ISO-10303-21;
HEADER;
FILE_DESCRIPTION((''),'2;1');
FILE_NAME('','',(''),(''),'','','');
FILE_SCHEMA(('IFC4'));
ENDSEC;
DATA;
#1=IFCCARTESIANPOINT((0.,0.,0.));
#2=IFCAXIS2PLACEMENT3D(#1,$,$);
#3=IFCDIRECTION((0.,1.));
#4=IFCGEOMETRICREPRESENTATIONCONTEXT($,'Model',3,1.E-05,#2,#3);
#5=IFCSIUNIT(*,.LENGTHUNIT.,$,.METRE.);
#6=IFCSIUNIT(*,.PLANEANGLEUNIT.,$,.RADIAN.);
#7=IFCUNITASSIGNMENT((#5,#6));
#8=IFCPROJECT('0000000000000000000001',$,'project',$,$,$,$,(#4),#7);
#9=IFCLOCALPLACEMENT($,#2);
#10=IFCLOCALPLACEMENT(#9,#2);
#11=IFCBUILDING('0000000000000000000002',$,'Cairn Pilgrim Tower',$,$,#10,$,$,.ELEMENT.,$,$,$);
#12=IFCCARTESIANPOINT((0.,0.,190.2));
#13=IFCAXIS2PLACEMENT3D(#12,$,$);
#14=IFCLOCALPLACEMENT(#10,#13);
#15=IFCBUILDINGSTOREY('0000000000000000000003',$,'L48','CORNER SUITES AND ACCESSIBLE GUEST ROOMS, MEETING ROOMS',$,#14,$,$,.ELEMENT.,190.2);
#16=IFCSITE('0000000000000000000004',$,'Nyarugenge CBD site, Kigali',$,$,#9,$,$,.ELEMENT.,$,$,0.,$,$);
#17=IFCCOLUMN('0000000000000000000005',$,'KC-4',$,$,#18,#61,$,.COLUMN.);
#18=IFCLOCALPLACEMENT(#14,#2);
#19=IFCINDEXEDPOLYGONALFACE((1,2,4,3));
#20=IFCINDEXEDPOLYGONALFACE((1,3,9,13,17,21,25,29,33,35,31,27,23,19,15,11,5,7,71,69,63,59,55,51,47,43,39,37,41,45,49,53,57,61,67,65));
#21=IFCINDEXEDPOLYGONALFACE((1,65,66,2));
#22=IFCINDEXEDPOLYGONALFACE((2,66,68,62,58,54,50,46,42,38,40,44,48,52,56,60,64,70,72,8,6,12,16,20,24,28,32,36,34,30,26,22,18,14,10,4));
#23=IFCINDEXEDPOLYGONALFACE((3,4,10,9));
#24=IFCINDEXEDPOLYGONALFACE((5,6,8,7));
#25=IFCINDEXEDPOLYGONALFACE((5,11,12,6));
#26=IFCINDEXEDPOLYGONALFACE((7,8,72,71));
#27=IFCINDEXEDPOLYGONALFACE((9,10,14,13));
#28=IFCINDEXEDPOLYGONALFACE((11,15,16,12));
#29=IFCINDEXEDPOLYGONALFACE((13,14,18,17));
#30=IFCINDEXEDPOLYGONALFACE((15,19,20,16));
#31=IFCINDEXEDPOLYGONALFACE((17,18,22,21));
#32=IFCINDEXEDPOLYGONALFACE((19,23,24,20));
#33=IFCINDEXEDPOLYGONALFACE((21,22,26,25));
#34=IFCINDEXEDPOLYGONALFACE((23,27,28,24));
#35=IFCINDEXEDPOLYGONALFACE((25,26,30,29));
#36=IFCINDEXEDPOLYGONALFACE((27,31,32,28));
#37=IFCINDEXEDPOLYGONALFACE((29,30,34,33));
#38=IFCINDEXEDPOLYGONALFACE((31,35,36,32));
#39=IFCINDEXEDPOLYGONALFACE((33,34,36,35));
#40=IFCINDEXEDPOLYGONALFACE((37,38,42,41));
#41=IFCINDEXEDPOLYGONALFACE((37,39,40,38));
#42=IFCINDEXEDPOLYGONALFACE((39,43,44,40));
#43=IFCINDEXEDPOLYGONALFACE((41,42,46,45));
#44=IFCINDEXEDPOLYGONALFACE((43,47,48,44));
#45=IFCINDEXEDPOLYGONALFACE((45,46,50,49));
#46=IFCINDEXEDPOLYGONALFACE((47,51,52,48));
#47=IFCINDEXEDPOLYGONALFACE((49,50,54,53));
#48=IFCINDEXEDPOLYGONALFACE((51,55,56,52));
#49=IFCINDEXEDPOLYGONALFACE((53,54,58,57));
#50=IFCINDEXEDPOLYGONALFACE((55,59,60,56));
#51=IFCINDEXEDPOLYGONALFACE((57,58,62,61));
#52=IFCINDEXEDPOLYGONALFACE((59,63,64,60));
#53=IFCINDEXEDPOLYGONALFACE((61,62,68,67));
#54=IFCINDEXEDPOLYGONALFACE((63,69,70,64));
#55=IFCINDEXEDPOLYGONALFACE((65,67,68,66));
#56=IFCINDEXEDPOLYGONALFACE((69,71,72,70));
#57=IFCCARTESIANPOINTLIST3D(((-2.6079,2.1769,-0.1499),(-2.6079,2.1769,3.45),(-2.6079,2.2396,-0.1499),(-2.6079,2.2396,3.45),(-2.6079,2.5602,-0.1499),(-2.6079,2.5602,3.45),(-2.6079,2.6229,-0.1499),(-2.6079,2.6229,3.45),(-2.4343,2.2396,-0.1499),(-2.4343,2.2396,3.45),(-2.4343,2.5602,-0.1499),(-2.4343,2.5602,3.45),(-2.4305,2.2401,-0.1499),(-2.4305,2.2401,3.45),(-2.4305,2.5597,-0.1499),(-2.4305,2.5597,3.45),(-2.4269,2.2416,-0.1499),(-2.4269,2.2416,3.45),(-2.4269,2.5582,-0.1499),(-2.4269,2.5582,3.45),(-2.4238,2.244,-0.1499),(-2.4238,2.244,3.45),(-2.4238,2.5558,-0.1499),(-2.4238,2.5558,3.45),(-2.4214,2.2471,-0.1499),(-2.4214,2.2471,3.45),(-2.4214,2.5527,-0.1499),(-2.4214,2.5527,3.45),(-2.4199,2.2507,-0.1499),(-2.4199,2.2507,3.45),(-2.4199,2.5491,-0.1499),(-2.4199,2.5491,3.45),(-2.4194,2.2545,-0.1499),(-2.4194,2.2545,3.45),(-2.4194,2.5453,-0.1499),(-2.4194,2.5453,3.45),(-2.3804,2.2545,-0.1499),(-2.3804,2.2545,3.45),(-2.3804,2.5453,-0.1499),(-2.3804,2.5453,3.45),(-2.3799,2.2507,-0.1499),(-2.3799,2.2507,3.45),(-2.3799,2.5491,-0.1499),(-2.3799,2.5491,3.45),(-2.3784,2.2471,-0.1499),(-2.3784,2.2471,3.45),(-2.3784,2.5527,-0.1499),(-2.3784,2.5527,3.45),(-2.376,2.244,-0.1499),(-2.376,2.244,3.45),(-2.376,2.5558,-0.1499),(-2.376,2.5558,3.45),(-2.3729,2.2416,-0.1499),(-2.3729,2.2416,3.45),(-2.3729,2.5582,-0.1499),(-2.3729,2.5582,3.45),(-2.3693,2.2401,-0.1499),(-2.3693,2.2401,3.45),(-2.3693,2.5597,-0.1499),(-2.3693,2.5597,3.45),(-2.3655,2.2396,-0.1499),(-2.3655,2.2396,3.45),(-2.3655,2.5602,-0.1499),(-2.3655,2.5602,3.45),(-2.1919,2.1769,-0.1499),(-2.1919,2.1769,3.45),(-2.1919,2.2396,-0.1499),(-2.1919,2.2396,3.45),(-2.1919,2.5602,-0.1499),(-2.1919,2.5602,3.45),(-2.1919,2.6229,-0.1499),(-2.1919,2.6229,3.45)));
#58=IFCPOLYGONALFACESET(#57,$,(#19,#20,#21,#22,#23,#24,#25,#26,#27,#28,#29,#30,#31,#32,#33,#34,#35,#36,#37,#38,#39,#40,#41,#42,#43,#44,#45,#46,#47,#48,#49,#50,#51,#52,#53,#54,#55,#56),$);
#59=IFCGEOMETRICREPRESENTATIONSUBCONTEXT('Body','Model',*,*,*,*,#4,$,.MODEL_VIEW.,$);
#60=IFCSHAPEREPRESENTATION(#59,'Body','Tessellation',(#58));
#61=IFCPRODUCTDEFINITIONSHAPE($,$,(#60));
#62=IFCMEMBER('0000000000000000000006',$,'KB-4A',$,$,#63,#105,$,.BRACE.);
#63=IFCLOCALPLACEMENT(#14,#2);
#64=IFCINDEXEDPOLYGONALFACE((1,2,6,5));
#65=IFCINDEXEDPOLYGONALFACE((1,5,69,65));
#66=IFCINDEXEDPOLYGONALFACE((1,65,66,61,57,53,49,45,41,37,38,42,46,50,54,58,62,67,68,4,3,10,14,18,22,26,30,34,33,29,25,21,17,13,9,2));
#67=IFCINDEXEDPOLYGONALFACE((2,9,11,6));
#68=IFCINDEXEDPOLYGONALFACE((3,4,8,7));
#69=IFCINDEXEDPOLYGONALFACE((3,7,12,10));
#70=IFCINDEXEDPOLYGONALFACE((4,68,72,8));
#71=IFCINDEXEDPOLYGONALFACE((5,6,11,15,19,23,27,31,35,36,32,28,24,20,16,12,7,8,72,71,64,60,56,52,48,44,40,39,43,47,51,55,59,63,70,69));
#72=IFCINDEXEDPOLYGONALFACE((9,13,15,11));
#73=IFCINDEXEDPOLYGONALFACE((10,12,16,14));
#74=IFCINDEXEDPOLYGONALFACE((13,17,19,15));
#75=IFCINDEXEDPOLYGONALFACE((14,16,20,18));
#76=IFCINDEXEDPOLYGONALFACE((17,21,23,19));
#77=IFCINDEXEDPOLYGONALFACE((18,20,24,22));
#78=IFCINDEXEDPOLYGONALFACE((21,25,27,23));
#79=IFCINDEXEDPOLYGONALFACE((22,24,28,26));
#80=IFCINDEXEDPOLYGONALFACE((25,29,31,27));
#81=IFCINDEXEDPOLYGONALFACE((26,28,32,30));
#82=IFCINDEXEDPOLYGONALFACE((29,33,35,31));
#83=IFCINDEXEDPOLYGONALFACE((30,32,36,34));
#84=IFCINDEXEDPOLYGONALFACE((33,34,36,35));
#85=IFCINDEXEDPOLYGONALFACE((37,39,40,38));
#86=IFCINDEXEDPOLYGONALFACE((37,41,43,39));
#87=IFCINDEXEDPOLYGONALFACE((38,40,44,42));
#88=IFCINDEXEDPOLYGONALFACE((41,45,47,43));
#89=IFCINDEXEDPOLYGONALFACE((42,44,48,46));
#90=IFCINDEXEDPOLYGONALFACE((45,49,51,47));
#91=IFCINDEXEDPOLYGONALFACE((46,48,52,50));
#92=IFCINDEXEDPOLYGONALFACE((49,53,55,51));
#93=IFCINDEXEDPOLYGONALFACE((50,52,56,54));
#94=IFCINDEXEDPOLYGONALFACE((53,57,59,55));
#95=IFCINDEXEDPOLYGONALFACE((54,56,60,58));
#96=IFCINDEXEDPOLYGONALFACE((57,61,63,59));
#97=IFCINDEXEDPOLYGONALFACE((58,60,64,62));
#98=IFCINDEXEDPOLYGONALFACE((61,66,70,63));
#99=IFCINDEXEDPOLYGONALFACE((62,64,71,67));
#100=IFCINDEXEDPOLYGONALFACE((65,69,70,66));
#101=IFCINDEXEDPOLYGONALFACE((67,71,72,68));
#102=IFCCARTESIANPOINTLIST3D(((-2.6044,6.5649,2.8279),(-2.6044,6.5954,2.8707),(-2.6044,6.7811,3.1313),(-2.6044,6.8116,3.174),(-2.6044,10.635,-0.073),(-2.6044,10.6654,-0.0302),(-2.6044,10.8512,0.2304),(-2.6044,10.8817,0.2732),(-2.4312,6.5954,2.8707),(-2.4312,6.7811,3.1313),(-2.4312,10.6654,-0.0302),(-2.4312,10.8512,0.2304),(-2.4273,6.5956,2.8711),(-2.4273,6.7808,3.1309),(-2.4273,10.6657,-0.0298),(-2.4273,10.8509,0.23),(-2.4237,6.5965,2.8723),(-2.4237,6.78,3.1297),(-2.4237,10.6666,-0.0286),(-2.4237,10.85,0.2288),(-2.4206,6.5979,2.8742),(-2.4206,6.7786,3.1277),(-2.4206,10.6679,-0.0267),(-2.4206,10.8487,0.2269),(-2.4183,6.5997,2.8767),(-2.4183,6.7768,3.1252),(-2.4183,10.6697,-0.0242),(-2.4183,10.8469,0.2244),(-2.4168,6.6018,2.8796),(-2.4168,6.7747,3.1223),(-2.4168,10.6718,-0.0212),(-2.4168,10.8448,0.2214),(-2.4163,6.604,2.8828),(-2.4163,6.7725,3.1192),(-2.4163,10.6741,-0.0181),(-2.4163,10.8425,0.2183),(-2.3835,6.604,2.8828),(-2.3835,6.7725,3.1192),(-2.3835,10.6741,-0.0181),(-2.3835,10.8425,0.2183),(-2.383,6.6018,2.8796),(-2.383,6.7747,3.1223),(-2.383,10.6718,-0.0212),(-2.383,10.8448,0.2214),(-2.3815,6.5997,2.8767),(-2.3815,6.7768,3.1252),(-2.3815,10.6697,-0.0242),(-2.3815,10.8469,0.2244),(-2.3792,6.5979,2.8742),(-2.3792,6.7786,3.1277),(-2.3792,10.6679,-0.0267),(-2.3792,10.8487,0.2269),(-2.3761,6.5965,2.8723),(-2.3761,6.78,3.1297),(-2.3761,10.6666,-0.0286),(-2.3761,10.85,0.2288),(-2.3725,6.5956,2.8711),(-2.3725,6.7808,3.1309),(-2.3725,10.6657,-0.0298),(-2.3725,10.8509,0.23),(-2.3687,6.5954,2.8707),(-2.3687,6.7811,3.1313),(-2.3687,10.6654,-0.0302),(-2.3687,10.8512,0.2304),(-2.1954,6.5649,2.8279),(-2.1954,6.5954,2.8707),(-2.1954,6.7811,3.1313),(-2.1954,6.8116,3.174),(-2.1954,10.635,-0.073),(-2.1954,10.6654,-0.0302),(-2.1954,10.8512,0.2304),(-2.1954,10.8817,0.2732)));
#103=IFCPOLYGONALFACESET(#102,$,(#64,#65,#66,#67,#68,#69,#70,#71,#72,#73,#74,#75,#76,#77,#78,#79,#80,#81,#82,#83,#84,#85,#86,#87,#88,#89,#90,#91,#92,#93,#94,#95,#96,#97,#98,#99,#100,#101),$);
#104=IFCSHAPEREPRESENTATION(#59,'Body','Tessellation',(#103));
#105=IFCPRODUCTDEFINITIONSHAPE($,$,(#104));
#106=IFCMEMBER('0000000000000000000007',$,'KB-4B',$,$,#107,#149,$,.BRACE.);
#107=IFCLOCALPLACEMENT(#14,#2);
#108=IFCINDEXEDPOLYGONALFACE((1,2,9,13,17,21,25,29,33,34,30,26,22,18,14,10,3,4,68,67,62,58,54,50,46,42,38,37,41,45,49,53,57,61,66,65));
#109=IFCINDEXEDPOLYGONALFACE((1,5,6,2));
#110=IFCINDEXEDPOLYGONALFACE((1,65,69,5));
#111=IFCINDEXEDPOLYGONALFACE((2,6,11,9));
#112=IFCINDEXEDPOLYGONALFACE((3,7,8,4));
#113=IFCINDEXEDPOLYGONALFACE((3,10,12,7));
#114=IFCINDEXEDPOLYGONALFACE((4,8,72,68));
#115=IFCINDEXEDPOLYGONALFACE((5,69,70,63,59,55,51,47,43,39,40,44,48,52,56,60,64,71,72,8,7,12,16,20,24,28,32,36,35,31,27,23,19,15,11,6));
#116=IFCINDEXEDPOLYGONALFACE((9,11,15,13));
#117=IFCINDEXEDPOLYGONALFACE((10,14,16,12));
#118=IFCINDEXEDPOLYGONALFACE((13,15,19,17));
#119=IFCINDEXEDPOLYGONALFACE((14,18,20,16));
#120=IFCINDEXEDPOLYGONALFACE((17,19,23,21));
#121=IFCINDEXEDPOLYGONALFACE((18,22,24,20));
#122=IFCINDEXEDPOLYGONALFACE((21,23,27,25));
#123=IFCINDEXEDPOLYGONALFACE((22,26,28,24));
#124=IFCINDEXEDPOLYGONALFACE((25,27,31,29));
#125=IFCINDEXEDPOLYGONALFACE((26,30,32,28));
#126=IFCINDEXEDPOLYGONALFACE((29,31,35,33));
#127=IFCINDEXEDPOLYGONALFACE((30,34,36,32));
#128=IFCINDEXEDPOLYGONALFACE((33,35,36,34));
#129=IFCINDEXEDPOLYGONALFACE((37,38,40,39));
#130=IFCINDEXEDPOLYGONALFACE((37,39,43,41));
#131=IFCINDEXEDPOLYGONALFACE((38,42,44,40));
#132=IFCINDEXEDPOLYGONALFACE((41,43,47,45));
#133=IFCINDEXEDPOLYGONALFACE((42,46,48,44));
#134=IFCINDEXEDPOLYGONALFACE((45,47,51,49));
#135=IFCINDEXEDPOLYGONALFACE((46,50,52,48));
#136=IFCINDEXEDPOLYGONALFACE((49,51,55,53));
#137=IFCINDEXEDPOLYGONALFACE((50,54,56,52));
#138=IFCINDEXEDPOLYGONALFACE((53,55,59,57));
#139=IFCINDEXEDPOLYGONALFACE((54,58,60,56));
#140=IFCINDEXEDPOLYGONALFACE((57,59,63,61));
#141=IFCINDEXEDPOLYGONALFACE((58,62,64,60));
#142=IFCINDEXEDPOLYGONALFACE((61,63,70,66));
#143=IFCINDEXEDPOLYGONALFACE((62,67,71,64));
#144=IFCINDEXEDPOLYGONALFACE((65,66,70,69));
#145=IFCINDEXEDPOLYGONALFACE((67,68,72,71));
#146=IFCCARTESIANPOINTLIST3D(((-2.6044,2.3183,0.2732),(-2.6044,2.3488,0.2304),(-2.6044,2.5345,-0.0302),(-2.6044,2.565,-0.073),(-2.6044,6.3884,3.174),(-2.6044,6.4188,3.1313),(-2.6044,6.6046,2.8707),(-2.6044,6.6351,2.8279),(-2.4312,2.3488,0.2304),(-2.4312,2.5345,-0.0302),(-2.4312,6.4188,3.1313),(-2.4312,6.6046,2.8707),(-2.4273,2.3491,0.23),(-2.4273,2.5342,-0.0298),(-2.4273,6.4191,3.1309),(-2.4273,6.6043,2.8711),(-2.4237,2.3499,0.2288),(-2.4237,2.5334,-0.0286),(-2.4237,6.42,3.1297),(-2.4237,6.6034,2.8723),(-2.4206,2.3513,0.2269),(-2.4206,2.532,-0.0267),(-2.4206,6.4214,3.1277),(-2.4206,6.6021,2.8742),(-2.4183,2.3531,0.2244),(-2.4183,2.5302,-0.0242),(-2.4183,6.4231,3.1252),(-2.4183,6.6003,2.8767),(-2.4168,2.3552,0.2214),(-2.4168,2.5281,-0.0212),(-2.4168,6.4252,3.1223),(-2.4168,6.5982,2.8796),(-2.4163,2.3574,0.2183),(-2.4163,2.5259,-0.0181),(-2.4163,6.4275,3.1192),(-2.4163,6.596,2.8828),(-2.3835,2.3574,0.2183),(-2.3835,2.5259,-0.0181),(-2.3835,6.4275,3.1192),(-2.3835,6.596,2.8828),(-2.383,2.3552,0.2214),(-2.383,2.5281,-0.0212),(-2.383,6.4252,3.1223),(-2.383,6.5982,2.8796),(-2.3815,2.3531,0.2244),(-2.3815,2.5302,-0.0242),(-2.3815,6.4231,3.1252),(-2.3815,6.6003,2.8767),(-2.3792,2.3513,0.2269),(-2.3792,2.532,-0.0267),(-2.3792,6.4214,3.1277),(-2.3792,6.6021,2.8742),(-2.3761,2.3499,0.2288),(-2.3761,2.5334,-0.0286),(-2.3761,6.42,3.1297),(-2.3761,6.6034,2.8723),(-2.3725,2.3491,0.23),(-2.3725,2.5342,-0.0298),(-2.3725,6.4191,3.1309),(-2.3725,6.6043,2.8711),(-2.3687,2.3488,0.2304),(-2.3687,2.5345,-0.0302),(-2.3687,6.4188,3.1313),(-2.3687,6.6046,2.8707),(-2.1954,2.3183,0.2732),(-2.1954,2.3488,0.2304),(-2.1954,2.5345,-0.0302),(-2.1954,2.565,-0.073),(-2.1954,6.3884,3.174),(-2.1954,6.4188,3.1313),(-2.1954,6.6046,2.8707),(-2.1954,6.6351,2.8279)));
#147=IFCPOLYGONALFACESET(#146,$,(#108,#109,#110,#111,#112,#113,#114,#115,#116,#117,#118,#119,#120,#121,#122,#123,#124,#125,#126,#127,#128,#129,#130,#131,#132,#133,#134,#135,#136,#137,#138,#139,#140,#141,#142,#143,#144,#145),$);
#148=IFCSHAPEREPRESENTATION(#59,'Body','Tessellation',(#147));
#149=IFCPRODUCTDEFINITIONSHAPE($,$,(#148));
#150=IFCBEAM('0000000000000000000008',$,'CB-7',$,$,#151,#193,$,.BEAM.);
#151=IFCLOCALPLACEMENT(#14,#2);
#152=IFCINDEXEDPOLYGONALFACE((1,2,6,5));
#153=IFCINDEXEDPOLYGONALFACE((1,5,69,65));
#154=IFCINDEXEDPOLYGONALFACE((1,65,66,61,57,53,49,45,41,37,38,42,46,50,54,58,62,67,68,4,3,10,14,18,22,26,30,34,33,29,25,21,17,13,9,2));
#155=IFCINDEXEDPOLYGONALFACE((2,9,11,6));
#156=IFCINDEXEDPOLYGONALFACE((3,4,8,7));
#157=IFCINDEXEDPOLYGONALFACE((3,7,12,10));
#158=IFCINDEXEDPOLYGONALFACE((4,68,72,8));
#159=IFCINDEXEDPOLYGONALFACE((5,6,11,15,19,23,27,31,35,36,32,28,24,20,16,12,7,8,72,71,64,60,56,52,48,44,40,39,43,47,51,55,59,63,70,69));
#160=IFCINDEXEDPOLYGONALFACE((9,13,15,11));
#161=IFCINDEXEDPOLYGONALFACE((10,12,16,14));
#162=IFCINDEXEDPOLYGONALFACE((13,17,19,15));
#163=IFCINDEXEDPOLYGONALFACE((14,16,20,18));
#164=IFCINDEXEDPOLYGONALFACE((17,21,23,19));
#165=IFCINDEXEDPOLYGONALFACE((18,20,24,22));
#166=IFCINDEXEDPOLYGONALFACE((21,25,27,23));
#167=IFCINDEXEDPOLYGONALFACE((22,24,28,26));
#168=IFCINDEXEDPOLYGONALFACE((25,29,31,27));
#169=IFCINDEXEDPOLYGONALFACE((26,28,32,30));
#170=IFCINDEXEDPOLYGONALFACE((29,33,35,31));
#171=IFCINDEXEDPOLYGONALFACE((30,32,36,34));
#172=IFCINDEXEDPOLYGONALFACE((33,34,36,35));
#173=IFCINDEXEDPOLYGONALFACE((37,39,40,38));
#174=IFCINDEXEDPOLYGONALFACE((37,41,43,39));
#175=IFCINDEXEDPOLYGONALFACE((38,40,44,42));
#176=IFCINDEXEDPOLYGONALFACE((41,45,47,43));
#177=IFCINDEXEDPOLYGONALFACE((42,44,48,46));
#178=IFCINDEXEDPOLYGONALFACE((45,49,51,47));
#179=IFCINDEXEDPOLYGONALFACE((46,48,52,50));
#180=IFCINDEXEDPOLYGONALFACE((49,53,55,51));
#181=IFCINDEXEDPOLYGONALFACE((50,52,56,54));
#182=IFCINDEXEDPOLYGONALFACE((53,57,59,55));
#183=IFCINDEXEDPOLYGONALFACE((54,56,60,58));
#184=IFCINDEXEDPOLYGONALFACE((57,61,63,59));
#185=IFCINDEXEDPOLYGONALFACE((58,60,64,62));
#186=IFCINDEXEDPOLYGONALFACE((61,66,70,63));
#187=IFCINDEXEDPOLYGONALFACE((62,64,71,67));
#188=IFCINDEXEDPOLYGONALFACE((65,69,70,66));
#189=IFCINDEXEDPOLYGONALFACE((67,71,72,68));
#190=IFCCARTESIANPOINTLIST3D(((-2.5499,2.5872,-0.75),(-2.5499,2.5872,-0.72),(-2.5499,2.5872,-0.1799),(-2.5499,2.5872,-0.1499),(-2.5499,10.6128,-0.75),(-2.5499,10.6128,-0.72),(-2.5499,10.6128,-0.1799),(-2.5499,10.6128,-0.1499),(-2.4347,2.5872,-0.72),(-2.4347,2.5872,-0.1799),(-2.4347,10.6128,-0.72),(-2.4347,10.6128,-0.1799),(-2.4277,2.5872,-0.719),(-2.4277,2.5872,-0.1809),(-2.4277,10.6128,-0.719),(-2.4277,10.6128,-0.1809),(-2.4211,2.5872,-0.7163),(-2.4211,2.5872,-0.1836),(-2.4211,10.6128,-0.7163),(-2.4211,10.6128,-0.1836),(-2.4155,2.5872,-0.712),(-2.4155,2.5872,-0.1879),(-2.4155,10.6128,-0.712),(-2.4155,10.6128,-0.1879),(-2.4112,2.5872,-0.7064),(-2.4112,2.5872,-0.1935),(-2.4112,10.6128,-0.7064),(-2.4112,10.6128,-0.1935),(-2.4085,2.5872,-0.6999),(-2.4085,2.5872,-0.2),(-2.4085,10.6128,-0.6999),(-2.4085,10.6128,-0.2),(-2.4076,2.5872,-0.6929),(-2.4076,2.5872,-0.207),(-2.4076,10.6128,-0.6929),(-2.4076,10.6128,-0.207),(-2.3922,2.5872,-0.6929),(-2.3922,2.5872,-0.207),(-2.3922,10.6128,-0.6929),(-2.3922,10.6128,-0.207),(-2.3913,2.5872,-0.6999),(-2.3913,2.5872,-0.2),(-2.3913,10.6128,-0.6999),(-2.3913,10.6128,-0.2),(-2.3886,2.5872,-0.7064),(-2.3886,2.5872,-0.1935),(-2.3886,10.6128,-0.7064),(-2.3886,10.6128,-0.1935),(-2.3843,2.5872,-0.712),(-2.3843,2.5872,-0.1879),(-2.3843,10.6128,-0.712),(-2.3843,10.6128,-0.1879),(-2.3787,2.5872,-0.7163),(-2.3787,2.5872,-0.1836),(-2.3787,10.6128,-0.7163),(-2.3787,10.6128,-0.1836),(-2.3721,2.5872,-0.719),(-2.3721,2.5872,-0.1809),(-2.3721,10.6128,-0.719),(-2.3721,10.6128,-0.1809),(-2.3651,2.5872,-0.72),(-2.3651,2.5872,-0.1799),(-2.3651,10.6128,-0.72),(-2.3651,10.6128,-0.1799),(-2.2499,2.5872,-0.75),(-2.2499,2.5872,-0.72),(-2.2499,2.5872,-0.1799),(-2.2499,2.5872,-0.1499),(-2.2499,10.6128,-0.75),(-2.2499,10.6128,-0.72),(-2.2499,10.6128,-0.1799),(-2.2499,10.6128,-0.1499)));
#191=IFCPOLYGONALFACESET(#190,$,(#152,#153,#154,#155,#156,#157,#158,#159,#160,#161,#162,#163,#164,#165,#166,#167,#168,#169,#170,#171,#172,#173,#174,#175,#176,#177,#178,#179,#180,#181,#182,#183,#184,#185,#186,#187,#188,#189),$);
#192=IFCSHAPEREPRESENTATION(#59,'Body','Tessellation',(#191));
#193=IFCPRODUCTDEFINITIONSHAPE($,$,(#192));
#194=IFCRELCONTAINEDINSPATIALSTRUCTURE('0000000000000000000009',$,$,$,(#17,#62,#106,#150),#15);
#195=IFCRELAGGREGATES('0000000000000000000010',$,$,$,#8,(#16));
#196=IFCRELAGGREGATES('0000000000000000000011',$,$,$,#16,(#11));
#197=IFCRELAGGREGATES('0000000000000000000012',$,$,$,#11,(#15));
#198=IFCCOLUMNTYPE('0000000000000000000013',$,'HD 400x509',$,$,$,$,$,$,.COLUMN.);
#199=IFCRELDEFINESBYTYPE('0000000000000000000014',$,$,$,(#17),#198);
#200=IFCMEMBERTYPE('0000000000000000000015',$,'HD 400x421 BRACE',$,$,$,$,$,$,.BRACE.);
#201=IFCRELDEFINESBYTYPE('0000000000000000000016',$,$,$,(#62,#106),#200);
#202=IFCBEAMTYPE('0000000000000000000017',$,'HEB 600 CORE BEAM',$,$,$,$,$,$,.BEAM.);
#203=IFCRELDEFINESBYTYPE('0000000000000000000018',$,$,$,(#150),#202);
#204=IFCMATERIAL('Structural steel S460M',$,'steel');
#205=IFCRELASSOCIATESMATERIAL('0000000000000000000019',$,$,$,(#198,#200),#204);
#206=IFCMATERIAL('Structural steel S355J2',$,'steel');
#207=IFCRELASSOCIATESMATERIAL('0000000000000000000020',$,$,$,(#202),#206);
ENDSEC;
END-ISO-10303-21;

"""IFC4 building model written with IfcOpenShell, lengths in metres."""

from ifc_helpers import new_model, si_unit, direction, frame, origin, origin_2d, place, context, subcontext, project, spatial, i_section, extrude, material, material_profile, profile_set, type_object, element, save


model = new_model("IFC4")

# Units and contexts
model_context = context("Model", 3, precision=1e-05, world=origin(), true_north=direction((0.0, 1.0)))
body_context = subcontext(model_context, "Body", "Model", "MODEL_VIEW")
ifc_project = project(units=[si_unit("LENGTHUNIT", "METRE"), si_unit("PLANEANGLEUNIT", "RADIAN")], contexts=[model_context])

# Site, building, storey
site_placement = place(None, origin())
site = spatial("IfcSite", under=ifc_project, at=site_placement, Name="Nyarugenge CBD site, Kigali", CompositionType="ELEMENT", RefElevation=0.0)
building_placement = place(site_placement, origin())
building = spatial("IfcBuilding", under=site, at=building_placement, Name="Cairn Pilgrim Tower", CompositionType="ELEMENT")
storey_placement = place(building_placement, frame((0.0, 0.0, 190.2)))
storey = spatial("IfcBuildingStorey", under=building, at=storey_placement, Name="L48", Description="CORNER SUITES AND ACCESSIBLE GUEST ROOMS, MEETING ROOMS", CompositionType="ELEMENT", Elevation=190.2)

# Column
ifc_material_1 = material(Name="Structural steel S460M", Category="steel")
ifc_material_profile_1 = material_profile(ifc_material_1, i_section(OverallWidth=0.416, OverallDepth=0.446, WebThickness=0.0391, FlangeThickness=0.0627, FilletRadius=0.0149, at=origin_2d()), Name="HD 400x509")
ifc_profile_set_1 = profile_set([ifc_material_profile_1], Name="Structural steel S460M")
column_type = type_object("IfcColumnType", Name="HD 400x509", PredefinedType="COLUMN", material=ifc_profile_set_1)
column_placement = place(storey_placement, frame((-2.3999, 2.3999, -0.1499), z_axis=(0.0, 0.0, 1.0), x_axis=(1.0, 0.0, 0.0)))
element("IfcColumn", 1, at=column_placement, inside=storey, type_object=column_type, Name="KC-4", PredefinedType="COLUMN", context=body_context, shape_type="SweptSolid", body=[
    extrude(i_section(OverallWidth=0.416, OverallDepth=0.446, WebThickness=0.0391, FlangeThickness=0.0627, FilletRadius=0.0149, at=origin_2d()), origin(), (0.0, 0.0, 1.0), 3.5999),
])

# Members
ifc_material_profile_2 = material_profile(ifc_material_1, i_section(OverallWidth=0.4089, OverallDepth=0.425, WebThickness=0.0327, FlangeThickness=0.0525, FilletRadius=0.0149, at=origin_2d()), Name="HD 400x421")
ifc_profile_set_2 = profile_set([ifc_material_profile_2], Name="Structural steel S460M")
member_type = type_object("IfcMemberType", Name="HD 400x421 BRACE", PredefinedType="BRACE", material=ifc_profile_set_2)
for number, where, z_axis, x_axis, name in (
    (2, (-2.3999, 10.7583, 0.1001), (0.0, -0.81433, 0.580402), (1.0, 0.0, 0.0), "KB-4A"),
    (3, (-2.3999, 2.4417, 0.1001), (0.0, 0.81433, 0.580402), (-1.0, 0.0, 0.0), "KB-4B"),
):
    element("IfcMember", number, at=place(storey_placement, frame(where, z_axis=z_axis, x_axis=x_axis)), inside=storey, type_object=member_type, Name=name, PredefinedType="BRACE", context=body_context, shape_type="SweptSolid", body=[
        extrude(i_section(OverallWidth=0.4089, OverallDepth=0.425, WebThickness=0.0327, FlangeThickness=0.0525, FilletRadius=0.0149, at=origin_2d()), origin(), (0.0, 0.0, 1.0), 4.998),
    ])

# Beam
ifc_material_2 = material(Name="Structural steel S355J2", Category="steel")
ifc_material_profile_3 = material_profile(ifc_material_2, i_section(OverallWidth=0.3, OverallDepth=0.6001, WebThickness=0.0154, FlangeThickness=0.03, FilletRadius=0.0271, at=origin_2d()), Name="HEB 600")
ifc_profile_set_3 = profile_set([ifc_material_profile_3], Name="Structural steel S355J2")
beam_type = type_object("IfcBeamType", Name="HEB 600 CORE BEAM", PredefinedType="BEAM", material=ifc_profile_set_3)
for number, where, z_axis, x_axis, name in (
    (4, (-2.3999, 10.6128, -0.45), (0.0, -1.0, 0.0), (1.0, 0.0, 0.0), "CB-7"),
):
    element("IfcBeam", number, at=place(storey_placement, frame(where, z_axis=z_axis, x_axis=x_axis)), inside=storey, type_object=beam_type, Name=name, PredefinedType="BEAM", context=body_context, shape_type="SweptSolid", body=[
        extrude(i_section(OverallWidth=0.3, OverallDepth=0.6001, WebThickness=0.0154, FlangeThickness=0.03, FilletRadius=0.0271, at=origin_2d()), origin(), (0.0, 0.0, 1.0), 8.0256),
    ])

save(model, "model.ifc")
